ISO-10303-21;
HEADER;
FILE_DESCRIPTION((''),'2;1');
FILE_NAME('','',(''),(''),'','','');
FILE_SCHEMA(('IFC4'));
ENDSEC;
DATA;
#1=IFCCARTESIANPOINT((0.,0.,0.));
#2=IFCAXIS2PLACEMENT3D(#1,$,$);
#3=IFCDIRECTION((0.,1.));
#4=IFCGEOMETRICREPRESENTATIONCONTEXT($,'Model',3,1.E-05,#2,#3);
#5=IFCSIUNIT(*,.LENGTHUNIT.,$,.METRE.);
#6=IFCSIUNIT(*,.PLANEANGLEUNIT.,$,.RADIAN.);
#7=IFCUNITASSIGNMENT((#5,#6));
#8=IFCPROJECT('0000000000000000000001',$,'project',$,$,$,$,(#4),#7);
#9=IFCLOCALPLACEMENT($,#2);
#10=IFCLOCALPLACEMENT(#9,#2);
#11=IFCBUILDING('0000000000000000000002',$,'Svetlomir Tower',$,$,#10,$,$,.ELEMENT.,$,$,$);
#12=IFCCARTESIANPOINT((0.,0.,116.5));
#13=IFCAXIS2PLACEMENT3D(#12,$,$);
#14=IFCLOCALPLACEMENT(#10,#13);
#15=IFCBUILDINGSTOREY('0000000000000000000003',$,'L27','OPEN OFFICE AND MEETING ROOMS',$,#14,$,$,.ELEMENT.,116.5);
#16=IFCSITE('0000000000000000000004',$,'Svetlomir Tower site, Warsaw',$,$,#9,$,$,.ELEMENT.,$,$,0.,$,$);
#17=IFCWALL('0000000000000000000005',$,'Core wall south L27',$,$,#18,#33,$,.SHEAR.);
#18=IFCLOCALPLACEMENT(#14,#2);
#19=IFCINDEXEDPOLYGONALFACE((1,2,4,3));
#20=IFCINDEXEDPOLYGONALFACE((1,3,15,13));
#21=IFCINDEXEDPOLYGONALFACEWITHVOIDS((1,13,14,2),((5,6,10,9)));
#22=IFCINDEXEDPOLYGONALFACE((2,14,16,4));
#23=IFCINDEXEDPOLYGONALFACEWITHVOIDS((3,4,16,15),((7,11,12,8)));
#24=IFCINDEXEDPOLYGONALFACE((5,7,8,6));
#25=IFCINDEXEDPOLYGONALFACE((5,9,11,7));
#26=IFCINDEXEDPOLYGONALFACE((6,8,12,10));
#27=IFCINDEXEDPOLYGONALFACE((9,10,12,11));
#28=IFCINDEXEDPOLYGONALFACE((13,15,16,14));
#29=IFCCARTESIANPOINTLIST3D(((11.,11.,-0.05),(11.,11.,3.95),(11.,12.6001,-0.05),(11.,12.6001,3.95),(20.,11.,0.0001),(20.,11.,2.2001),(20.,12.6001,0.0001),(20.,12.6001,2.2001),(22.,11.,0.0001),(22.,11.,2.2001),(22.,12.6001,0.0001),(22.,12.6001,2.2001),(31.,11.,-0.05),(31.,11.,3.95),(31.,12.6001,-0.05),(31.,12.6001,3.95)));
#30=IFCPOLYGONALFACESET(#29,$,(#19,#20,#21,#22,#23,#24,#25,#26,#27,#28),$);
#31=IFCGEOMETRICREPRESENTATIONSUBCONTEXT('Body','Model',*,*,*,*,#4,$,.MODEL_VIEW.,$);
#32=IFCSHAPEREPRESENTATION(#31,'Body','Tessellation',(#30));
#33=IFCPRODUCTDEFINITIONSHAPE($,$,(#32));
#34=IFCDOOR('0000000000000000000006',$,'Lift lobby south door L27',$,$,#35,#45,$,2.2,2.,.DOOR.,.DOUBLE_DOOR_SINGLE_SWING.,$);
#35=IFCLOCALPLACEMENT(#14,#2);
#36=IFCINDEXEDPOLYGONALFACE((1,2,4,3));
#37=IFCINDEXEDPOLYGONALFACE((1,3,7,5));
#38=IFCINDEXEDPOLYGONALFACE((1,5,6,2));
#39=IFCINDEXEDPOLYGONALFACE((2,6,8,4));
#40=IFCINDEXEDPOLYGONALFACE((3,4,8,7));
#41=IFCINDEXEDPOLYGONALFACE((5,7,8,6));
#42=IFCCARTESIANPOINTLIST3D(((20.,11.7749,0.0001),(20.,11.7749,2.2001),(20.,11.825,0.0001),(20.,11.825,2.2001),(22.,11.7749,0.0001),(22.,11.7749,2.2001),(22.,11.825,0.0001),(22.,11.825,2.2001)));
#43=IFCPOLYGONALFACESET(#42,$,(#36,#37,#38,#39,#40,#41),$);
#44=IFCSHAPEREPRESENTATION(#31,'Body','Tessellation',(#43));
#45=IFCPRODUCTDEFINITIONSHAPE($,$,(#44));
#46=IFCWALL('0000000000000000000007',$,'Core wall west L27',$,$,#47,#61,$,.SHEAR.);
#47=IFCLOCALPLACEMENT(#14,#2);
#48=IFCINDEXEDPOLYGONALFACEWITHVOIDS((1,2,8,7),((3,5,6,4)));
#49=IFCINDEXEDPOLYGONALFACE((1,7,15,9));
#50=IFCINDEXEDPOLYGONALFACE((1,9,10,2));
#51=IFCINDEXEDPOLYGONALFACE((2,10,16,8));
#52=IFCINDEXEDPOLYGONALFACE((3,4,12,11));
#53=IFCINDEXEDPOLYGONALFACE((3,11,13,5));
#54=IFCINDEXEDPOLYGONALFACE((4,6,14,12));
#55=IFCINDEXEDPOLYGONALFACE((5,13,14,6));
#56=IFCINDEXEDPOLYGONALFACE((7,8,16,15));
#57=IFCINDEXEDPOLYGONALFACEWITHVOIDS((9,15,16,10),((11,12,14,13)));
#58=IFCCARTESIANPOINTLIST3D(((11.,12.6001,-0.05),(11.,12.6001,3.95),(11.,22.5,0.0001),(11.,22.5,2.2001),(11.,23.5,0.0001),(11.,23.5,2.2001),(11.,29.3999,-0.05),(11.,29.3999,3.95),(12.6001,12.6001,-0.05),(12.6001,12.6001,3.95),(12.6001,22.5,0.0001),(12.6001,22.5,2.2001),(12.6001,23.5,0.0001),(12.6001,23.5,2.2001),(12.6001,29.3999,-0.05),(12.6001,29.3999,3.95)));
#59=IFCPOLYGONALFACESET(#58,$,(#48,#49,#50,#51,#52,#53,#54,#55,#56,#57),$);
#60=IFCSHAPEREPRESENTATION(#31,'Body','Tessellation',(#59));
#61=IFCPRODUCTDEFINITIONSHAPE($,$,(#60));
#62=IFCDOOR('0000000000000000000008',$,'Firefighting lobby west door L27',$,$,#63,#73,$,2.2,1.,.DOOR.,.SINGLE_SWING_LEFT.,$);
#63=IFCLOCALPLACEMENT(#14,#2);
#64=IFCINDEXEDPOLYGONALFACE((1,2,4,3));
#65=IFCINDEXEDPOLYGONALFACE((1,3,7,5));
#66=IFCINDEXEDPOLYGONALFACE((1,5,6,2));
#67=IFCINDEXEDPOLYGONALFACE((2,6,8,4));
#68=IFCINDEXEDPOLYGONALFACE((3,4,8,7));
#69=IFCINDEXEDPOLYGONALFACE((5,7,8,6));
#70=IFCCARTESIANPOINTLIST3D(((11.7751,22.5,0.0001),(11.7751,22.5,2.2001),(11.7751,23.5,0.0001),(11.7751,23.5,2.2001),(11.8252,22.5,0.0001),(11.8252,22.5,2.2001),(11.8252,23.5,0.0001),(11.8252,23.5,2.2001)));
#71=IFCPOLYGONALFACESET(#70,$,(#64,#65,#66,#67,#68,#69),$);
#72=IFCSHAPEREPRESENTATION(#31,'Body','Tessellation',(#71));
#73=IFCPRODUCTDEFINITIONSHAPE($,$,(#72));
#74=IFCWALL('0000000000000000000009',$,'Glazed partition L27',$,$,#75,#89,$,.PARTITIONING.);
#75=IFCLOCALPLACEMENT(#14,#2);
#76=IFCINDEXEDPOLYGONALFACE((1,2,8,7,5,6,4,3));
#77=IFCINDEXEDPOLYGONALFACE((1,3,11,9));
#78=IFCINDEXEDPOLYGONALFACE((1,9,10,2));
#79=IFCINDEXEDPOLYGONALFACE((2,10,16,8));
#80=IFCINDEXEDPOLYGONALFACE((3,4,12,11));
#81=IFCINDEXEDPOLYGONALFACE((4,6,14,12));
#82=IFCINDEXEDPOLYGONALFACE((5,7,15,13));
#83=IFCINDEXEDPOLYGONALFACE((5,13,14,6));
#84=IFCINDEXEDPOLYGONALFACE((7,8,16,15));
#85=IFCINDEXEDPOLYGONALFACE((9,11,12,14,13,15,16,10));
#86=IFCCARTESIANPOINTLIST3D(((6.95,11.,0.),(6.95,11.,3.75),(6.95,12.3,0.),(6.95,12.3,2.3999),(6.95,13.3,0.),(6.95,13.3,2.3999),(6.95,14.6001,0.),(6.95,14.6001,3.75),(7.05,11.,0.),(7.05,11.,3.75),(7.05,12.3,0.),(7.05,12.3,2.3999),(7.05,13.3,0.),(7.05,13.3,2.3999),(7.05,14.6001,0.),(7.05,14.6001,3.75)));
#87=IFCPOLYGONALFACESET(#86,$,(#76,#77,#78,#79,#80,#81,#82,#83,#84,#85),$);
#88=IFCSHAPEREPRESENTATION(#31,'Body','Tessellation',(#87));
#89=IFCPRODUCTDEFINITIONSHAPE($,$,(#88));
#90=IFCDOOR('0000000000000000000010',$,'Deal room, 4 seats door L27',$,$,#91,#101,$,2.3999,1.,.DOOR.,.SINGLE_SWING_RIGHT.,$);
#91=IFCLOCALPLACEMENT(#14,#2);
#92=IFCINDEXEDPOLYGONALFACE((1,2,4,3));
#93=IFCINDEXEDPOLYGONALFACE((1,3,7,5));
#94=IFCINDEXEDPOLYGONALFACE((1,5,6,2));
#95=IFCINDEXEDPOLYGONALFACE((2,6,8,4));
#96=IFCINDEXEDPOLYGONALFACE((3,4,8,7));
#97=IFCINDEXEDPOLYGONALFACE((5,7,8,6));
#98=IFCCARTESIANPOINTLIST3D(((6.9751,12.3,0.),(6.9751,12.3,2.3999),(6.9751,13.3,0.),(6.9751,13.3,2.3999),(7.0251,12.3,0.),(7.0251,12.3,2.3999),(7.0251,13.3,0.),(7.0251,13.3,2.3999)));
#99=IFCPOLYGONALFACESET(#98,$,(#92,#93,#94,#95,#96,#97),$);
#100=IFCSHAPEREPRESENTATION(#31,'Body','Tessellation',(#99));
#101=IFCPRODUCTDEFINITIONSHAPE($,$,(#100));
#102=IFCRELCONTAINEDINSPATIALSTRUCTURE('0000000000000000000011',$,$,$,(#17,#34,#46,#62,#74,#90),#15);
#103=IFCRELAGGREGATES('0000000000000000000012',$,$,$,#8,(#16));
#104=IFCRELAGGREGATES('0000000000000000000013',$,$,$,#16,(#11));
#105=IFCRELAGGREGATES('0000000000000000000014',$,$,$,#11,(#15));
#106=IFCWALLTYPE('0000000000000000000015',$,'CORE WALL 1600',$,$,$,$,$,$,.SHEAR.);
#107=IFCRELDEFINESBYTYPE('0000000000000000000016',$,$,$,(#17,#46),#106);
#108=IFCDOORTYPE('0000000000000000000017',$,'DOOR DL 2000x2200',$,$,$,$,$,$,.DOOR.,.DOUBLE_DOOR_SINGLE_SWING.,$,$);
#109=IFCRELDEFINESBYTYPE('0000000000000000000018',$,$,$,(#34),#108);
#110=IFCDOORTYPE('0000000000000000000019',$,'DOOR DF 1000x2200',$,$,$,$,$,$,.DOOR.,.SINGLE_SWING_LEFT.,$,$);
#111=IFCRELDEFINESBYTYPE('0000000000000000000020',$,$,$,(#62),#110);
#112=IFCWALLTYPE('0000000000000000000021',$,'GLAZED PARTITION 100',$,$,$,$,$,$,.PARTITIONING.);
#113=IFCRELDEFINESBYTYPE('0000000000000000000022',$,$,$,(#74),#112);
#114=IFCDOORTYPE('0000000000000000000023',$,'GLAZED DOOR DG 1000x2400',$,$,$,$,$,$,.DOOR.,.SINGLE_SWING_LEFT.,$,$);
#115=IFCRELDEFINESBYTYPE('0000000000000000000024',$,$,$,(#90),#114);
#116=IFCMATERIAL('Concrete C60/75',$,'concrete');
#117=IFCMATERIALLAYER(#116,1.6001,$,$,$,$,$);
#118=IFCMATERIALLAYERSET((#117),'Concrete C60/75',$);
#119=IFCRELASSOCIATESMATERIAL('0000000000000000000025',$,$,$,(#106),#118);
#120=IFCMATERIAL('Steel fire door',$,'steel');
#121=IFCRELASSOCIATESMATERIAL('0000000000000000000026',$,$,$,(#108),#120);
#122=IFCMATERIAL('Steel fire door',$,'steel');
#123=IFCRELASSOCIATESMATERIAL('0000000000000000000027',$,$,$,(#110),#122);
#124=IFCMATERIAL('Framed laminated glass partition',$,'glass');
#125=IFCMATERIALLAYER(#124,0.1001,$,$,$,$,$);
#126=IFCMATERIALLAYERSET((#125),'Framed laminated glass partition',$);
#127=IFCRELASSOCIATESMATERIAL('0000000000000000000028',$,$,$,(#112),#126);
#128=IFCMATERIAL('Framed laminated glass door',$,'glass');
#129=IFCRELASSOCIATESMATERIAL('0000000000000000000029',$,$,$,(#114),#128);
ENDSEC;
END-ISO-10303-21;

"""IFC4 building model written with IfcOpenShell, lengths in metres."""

from ifc_helpers import new_model, si_unit, direction, frame, frame_2d, origin, place, context, subcontext, project, spatial, rectangle, extrude, material, layer, layer_set, type_object, element, fill, save


model = new_model("IFC4")

# Units and contexts
model_context = context("Model", 3, precision=1e-05, world=origin(), true_north=direction((0.0, 1.0)))
body_context = subcontext(model_context, "Body", "Model", "MODEL_VIEW")
ifc_project = project(units=[si_unit("LENGTHUNIT", "METRE"), si_unit("PLANEANGLEUNIT", "RADIAN")], contexts=[model_context])

# Site, building, storey
site_placement = place(None, origin())
site = spatial("IfcSite", under=ifc_project, at=site_placement, Name="Svetlomir Tower site, Warsaw", CompositionType="ELEMENT", RefElevation=0.0)
building_placement = place(site_placement, origin())
building = spatial("IfcBuilding", under=site, at=building_placement, Name="Svetlomir Tower", CompositionType="ELEMENT")
storey_placement = place(building_placement, frame((0.0, 0.0, 116.5)))
storey = spatial("IfcBuildingStorey", under=building, at=storey_placement, Name="L27", Description="OPEN OFFICE AND MEETING ROOMS", CompositionType="ELEMENT", Elevation=116.5)

# Walls, openings, doors
ifc_material_1 = material(Name="Concrete C60/75", Category="concrete")
ifc_layer_1 = layer(ifc_material_1, 1.6001)
ifc_layer_set_1 = layer_set([ifc_layer_1], Name="Concrete C60/75")
wall_type_1 = type_object("IfcWallType", Name="CORE WALL 1600", PredefinedType="SHEAR", material=ifc_layer_set_1)
wall_1_placement = place(storey_placement, frame((11.0, 11.8, -0.05), z_axis=(0.0, 0.0, 1.0), x_axis=(1.0, 0.0, 0.0)))
wall_1 = element("IfcWall", 1, at=wall_1_placement, inside=storey, type_object=wall_type_1, Name="Core wall south L27", PredefinedType="SHEAR", context=body_context, shape_type="SweptSolid", body=[
    extrude(rectangle(XDim=20.0, YDim=1.6001, at=frame_2d((10.0, 0.0))), origin(), (0.0, 0.0, 1.0), 4.0),
])
opening_1_placement = place(wall_1_placement, frame((9.0, 0.0, 0.05)))
opening_1 = element("IfcOpeningElement", 2, at=opening_1_placement, cuts=wall_1, PredefinedType="OPENING", context=body_context, shape_type="SweptSolid", body=[
    extrude(rectangle(XDim=2.0, YDim=2.2, at=frame_2d((1.0, 1.1001))), frame((0.0, 0.8101, 0.0), z_axis=(0.0, -1.0, 0.0), x_axis=(1.0, 0.0, 0.0)), (0.0, 0.0, 1.0), 1.6201),
])
ifc_material_2 = material(Name="Steel fire door", Category="steel")
door_type_1 = type_object("IfcDoorType", Name="DOOR DL 2000x2200", OperationType="DOUBLE_DOOR_SINGLE_SWING", PredefinedType="DOOR", material=ifc_material_2)
door_1_placement = place(opening_1_placement, origin())
door_1 = element("IfcDoor", 3, at=door_1_placement, inside=storey, type_object=door_type_1, Name="Lift lobby south door L27", OperationType="DOUBLE_DOOR_SINGLE_SWING", OverallHeight=2.2, OverallWidth=2.0, PredefinedType="DOOR", context=body_context, shape_type="SweptSolid", body=[
    extrude(rectangle(XDim=2.0, YDim=2.2, at=frame_2d((1.0, 1.1001))), frame((0.0, 0.0249, 0.0), z_axis=(0.0, -1.0, 0.0), x_axis=(1.0, 0.0, 0.0)), (0.0, 0.0, 1.0), 0.05),
])
fill(opening_1, door_1)
wall_2_placement = place(storey_placement, frame((11.8, 12.6001, -0.05), z_axis=(0.0, 0.0, 1.0), x_axis=(0.0, 1.0, 0.0)))
wall_2 = element("IfcWall", 4, at=wall_2_placement, inside=storey, type_object=wall_type_1, Name="Core wall west L27", PredefinedType="SHEAR", context=body_context, shape_type="SweptSolid", body=[
    extrude(rectangle(XDim=16.7998, YDim=1.6001, at=frame_2d((8.3999, 0.0))), origin(), (0.0, 0.0, 1.0), 4.0),
])
opening_2_placement = place(wall_2_placement, frame((9.8999, 0.0, 0.05)))
opening_2 = element("IfcOpeningElement", 5, at=opening_2_placement, cuts=wall_2, PredefinedType="OPENING", context=body_context, shape_type="SweptSolid", body=[
    extrude(rectangle(XDim=1.0, YDim=2.2, at=frame_2d((0.5, 1.1001))), frame((0.0, 0.8101, 0.0), z_axis=(0.0, -1.0, 0.0), x_axis=(1.0, 0.0, 0.0)), (0.0, 0.0, 1.0), 1.6201),
])
ifc_material_3 = material(Name="Steel fire door", Category="steel")
door_type_2 = type_object("IfcDoorType", Name="DOOR DF 1000x2200", OperationType="SINGLE_SWING_LEFT", PredefinedType="DOOR", material=ifc_material_3)
door_2_placement = place(opening_2_placement, origin())
door_2 = element("IfcDoor", 6, at=door_2_placement, inside=storey, type_object=door_type_2, Name="Firefighting lobby west door L27", OperationType="SINGLE_SWING_LEFT", OverallHeight=2.2, OverallWidth=1.0, PredefinedType="DOOR", context=body_context, shape_type="SweptSolid", body=[
    extrude(rectangle(XDim=1.0, YDim=2.2, at=frame_2d((0.5, 1.1001))), frame((0.0, 0.0249, 0.0), z_axis=(0.0, -1.0, 0.0), x_axis=(1.0, 0.0, 0.0)), (0.0, 0.0, 1.0), 0.05),
])
fill(opening_2, door_2)
ifc_material_4 = material(Name="Framed laminated glass partition", Category="glass")
ifc_layer_2 = layer(ifc_material_4, 0.1001)
ifc_layer_set_2 = layer_set([ifc_layer_2], Name="Framed laminated glass partition")
wall_type_2 = type_object("IfcWallType", Name="GLAZED PARTITION 100", PredefinedType="PARTITIONING", material=ifc_layer_set_2)
wall_3_placement = place(storey_placement, frame((7.0, 11.0, 0.0), z_axis=(0.0, 0.0, 1.0), x_axis=(0.0, 1.0, 0.0)))
wall_3 = element("IfcWall", 7, at=wall_3_placement, inside=storey, type_object=wall_type_2, Name="Glazed partition L27", PredefinedType="PARTITIONING", context=body_context, shape_type="SweptSolid", body=[
    extrude(rectangle(XDim=3.6001, YDim=0.1001, at=frame_2d((1.8, 0.0))), origin(), (0.0, 0.0, 1.0), 3.75),
])
opening_3_placement = place(wall_3_placement, frame((1.3, 0.0, 0.0)))
opening_3 = element("IfcOpeningElement", 8, at=opening_3_placement, cuts=wall_3, PredefinedType="OPENING", context=body_context, shape_type="SweptSolid", body=[
    extrude(rectangle(XDim=1.0, YDim=2.3999, at=frame_2d((0.5, 1.2))), frame((0.0, 0.0601, 0.0), z_axis=(0.0, -1.0, 0.0), x_axis=(1.0, 0.0, 0.0)), (0.0, 0.0, 1.0), 0.1201),
])
ifc_material_5 = material(Name="Framed laminated glass door", Category="glass")
door_type_3 = type_object("IfcDoorType", Name="GLAZED DOOR DG 1000x2400", OperationType="SINGLE_SWING_LEFT", PredefinedType="DOOR", material=ifc_material_5)
door_3_placement = place(opening_3_placement, origin())
door_3 = element("IfcDoor", 9, at=door_3_placement, inside=storey, type_object=door_type_3, Name="Deal room, 4 seats door L27", OperationType="SINGLE_SWING_RIGHT", OverallHeight=2.3999, OverallWidth=1.0, PredefinedType="DOOR", context=body_context, shape_type="SweptSolid", body=[
    extrude(rectangle(XDim=1.0, YDim=2.3999, at=frame_2d((0.5, 1.2))), frame((0.0, 0.0249, 0.0), z_axis=(0.0, -1.0, 0.0), x_axis=(1.0, 0.0, 0.0)), (0.0, 0.0, 1.0), 0.05),
])
fill(opening_3, door_3)

save(model, "model.ifc")
